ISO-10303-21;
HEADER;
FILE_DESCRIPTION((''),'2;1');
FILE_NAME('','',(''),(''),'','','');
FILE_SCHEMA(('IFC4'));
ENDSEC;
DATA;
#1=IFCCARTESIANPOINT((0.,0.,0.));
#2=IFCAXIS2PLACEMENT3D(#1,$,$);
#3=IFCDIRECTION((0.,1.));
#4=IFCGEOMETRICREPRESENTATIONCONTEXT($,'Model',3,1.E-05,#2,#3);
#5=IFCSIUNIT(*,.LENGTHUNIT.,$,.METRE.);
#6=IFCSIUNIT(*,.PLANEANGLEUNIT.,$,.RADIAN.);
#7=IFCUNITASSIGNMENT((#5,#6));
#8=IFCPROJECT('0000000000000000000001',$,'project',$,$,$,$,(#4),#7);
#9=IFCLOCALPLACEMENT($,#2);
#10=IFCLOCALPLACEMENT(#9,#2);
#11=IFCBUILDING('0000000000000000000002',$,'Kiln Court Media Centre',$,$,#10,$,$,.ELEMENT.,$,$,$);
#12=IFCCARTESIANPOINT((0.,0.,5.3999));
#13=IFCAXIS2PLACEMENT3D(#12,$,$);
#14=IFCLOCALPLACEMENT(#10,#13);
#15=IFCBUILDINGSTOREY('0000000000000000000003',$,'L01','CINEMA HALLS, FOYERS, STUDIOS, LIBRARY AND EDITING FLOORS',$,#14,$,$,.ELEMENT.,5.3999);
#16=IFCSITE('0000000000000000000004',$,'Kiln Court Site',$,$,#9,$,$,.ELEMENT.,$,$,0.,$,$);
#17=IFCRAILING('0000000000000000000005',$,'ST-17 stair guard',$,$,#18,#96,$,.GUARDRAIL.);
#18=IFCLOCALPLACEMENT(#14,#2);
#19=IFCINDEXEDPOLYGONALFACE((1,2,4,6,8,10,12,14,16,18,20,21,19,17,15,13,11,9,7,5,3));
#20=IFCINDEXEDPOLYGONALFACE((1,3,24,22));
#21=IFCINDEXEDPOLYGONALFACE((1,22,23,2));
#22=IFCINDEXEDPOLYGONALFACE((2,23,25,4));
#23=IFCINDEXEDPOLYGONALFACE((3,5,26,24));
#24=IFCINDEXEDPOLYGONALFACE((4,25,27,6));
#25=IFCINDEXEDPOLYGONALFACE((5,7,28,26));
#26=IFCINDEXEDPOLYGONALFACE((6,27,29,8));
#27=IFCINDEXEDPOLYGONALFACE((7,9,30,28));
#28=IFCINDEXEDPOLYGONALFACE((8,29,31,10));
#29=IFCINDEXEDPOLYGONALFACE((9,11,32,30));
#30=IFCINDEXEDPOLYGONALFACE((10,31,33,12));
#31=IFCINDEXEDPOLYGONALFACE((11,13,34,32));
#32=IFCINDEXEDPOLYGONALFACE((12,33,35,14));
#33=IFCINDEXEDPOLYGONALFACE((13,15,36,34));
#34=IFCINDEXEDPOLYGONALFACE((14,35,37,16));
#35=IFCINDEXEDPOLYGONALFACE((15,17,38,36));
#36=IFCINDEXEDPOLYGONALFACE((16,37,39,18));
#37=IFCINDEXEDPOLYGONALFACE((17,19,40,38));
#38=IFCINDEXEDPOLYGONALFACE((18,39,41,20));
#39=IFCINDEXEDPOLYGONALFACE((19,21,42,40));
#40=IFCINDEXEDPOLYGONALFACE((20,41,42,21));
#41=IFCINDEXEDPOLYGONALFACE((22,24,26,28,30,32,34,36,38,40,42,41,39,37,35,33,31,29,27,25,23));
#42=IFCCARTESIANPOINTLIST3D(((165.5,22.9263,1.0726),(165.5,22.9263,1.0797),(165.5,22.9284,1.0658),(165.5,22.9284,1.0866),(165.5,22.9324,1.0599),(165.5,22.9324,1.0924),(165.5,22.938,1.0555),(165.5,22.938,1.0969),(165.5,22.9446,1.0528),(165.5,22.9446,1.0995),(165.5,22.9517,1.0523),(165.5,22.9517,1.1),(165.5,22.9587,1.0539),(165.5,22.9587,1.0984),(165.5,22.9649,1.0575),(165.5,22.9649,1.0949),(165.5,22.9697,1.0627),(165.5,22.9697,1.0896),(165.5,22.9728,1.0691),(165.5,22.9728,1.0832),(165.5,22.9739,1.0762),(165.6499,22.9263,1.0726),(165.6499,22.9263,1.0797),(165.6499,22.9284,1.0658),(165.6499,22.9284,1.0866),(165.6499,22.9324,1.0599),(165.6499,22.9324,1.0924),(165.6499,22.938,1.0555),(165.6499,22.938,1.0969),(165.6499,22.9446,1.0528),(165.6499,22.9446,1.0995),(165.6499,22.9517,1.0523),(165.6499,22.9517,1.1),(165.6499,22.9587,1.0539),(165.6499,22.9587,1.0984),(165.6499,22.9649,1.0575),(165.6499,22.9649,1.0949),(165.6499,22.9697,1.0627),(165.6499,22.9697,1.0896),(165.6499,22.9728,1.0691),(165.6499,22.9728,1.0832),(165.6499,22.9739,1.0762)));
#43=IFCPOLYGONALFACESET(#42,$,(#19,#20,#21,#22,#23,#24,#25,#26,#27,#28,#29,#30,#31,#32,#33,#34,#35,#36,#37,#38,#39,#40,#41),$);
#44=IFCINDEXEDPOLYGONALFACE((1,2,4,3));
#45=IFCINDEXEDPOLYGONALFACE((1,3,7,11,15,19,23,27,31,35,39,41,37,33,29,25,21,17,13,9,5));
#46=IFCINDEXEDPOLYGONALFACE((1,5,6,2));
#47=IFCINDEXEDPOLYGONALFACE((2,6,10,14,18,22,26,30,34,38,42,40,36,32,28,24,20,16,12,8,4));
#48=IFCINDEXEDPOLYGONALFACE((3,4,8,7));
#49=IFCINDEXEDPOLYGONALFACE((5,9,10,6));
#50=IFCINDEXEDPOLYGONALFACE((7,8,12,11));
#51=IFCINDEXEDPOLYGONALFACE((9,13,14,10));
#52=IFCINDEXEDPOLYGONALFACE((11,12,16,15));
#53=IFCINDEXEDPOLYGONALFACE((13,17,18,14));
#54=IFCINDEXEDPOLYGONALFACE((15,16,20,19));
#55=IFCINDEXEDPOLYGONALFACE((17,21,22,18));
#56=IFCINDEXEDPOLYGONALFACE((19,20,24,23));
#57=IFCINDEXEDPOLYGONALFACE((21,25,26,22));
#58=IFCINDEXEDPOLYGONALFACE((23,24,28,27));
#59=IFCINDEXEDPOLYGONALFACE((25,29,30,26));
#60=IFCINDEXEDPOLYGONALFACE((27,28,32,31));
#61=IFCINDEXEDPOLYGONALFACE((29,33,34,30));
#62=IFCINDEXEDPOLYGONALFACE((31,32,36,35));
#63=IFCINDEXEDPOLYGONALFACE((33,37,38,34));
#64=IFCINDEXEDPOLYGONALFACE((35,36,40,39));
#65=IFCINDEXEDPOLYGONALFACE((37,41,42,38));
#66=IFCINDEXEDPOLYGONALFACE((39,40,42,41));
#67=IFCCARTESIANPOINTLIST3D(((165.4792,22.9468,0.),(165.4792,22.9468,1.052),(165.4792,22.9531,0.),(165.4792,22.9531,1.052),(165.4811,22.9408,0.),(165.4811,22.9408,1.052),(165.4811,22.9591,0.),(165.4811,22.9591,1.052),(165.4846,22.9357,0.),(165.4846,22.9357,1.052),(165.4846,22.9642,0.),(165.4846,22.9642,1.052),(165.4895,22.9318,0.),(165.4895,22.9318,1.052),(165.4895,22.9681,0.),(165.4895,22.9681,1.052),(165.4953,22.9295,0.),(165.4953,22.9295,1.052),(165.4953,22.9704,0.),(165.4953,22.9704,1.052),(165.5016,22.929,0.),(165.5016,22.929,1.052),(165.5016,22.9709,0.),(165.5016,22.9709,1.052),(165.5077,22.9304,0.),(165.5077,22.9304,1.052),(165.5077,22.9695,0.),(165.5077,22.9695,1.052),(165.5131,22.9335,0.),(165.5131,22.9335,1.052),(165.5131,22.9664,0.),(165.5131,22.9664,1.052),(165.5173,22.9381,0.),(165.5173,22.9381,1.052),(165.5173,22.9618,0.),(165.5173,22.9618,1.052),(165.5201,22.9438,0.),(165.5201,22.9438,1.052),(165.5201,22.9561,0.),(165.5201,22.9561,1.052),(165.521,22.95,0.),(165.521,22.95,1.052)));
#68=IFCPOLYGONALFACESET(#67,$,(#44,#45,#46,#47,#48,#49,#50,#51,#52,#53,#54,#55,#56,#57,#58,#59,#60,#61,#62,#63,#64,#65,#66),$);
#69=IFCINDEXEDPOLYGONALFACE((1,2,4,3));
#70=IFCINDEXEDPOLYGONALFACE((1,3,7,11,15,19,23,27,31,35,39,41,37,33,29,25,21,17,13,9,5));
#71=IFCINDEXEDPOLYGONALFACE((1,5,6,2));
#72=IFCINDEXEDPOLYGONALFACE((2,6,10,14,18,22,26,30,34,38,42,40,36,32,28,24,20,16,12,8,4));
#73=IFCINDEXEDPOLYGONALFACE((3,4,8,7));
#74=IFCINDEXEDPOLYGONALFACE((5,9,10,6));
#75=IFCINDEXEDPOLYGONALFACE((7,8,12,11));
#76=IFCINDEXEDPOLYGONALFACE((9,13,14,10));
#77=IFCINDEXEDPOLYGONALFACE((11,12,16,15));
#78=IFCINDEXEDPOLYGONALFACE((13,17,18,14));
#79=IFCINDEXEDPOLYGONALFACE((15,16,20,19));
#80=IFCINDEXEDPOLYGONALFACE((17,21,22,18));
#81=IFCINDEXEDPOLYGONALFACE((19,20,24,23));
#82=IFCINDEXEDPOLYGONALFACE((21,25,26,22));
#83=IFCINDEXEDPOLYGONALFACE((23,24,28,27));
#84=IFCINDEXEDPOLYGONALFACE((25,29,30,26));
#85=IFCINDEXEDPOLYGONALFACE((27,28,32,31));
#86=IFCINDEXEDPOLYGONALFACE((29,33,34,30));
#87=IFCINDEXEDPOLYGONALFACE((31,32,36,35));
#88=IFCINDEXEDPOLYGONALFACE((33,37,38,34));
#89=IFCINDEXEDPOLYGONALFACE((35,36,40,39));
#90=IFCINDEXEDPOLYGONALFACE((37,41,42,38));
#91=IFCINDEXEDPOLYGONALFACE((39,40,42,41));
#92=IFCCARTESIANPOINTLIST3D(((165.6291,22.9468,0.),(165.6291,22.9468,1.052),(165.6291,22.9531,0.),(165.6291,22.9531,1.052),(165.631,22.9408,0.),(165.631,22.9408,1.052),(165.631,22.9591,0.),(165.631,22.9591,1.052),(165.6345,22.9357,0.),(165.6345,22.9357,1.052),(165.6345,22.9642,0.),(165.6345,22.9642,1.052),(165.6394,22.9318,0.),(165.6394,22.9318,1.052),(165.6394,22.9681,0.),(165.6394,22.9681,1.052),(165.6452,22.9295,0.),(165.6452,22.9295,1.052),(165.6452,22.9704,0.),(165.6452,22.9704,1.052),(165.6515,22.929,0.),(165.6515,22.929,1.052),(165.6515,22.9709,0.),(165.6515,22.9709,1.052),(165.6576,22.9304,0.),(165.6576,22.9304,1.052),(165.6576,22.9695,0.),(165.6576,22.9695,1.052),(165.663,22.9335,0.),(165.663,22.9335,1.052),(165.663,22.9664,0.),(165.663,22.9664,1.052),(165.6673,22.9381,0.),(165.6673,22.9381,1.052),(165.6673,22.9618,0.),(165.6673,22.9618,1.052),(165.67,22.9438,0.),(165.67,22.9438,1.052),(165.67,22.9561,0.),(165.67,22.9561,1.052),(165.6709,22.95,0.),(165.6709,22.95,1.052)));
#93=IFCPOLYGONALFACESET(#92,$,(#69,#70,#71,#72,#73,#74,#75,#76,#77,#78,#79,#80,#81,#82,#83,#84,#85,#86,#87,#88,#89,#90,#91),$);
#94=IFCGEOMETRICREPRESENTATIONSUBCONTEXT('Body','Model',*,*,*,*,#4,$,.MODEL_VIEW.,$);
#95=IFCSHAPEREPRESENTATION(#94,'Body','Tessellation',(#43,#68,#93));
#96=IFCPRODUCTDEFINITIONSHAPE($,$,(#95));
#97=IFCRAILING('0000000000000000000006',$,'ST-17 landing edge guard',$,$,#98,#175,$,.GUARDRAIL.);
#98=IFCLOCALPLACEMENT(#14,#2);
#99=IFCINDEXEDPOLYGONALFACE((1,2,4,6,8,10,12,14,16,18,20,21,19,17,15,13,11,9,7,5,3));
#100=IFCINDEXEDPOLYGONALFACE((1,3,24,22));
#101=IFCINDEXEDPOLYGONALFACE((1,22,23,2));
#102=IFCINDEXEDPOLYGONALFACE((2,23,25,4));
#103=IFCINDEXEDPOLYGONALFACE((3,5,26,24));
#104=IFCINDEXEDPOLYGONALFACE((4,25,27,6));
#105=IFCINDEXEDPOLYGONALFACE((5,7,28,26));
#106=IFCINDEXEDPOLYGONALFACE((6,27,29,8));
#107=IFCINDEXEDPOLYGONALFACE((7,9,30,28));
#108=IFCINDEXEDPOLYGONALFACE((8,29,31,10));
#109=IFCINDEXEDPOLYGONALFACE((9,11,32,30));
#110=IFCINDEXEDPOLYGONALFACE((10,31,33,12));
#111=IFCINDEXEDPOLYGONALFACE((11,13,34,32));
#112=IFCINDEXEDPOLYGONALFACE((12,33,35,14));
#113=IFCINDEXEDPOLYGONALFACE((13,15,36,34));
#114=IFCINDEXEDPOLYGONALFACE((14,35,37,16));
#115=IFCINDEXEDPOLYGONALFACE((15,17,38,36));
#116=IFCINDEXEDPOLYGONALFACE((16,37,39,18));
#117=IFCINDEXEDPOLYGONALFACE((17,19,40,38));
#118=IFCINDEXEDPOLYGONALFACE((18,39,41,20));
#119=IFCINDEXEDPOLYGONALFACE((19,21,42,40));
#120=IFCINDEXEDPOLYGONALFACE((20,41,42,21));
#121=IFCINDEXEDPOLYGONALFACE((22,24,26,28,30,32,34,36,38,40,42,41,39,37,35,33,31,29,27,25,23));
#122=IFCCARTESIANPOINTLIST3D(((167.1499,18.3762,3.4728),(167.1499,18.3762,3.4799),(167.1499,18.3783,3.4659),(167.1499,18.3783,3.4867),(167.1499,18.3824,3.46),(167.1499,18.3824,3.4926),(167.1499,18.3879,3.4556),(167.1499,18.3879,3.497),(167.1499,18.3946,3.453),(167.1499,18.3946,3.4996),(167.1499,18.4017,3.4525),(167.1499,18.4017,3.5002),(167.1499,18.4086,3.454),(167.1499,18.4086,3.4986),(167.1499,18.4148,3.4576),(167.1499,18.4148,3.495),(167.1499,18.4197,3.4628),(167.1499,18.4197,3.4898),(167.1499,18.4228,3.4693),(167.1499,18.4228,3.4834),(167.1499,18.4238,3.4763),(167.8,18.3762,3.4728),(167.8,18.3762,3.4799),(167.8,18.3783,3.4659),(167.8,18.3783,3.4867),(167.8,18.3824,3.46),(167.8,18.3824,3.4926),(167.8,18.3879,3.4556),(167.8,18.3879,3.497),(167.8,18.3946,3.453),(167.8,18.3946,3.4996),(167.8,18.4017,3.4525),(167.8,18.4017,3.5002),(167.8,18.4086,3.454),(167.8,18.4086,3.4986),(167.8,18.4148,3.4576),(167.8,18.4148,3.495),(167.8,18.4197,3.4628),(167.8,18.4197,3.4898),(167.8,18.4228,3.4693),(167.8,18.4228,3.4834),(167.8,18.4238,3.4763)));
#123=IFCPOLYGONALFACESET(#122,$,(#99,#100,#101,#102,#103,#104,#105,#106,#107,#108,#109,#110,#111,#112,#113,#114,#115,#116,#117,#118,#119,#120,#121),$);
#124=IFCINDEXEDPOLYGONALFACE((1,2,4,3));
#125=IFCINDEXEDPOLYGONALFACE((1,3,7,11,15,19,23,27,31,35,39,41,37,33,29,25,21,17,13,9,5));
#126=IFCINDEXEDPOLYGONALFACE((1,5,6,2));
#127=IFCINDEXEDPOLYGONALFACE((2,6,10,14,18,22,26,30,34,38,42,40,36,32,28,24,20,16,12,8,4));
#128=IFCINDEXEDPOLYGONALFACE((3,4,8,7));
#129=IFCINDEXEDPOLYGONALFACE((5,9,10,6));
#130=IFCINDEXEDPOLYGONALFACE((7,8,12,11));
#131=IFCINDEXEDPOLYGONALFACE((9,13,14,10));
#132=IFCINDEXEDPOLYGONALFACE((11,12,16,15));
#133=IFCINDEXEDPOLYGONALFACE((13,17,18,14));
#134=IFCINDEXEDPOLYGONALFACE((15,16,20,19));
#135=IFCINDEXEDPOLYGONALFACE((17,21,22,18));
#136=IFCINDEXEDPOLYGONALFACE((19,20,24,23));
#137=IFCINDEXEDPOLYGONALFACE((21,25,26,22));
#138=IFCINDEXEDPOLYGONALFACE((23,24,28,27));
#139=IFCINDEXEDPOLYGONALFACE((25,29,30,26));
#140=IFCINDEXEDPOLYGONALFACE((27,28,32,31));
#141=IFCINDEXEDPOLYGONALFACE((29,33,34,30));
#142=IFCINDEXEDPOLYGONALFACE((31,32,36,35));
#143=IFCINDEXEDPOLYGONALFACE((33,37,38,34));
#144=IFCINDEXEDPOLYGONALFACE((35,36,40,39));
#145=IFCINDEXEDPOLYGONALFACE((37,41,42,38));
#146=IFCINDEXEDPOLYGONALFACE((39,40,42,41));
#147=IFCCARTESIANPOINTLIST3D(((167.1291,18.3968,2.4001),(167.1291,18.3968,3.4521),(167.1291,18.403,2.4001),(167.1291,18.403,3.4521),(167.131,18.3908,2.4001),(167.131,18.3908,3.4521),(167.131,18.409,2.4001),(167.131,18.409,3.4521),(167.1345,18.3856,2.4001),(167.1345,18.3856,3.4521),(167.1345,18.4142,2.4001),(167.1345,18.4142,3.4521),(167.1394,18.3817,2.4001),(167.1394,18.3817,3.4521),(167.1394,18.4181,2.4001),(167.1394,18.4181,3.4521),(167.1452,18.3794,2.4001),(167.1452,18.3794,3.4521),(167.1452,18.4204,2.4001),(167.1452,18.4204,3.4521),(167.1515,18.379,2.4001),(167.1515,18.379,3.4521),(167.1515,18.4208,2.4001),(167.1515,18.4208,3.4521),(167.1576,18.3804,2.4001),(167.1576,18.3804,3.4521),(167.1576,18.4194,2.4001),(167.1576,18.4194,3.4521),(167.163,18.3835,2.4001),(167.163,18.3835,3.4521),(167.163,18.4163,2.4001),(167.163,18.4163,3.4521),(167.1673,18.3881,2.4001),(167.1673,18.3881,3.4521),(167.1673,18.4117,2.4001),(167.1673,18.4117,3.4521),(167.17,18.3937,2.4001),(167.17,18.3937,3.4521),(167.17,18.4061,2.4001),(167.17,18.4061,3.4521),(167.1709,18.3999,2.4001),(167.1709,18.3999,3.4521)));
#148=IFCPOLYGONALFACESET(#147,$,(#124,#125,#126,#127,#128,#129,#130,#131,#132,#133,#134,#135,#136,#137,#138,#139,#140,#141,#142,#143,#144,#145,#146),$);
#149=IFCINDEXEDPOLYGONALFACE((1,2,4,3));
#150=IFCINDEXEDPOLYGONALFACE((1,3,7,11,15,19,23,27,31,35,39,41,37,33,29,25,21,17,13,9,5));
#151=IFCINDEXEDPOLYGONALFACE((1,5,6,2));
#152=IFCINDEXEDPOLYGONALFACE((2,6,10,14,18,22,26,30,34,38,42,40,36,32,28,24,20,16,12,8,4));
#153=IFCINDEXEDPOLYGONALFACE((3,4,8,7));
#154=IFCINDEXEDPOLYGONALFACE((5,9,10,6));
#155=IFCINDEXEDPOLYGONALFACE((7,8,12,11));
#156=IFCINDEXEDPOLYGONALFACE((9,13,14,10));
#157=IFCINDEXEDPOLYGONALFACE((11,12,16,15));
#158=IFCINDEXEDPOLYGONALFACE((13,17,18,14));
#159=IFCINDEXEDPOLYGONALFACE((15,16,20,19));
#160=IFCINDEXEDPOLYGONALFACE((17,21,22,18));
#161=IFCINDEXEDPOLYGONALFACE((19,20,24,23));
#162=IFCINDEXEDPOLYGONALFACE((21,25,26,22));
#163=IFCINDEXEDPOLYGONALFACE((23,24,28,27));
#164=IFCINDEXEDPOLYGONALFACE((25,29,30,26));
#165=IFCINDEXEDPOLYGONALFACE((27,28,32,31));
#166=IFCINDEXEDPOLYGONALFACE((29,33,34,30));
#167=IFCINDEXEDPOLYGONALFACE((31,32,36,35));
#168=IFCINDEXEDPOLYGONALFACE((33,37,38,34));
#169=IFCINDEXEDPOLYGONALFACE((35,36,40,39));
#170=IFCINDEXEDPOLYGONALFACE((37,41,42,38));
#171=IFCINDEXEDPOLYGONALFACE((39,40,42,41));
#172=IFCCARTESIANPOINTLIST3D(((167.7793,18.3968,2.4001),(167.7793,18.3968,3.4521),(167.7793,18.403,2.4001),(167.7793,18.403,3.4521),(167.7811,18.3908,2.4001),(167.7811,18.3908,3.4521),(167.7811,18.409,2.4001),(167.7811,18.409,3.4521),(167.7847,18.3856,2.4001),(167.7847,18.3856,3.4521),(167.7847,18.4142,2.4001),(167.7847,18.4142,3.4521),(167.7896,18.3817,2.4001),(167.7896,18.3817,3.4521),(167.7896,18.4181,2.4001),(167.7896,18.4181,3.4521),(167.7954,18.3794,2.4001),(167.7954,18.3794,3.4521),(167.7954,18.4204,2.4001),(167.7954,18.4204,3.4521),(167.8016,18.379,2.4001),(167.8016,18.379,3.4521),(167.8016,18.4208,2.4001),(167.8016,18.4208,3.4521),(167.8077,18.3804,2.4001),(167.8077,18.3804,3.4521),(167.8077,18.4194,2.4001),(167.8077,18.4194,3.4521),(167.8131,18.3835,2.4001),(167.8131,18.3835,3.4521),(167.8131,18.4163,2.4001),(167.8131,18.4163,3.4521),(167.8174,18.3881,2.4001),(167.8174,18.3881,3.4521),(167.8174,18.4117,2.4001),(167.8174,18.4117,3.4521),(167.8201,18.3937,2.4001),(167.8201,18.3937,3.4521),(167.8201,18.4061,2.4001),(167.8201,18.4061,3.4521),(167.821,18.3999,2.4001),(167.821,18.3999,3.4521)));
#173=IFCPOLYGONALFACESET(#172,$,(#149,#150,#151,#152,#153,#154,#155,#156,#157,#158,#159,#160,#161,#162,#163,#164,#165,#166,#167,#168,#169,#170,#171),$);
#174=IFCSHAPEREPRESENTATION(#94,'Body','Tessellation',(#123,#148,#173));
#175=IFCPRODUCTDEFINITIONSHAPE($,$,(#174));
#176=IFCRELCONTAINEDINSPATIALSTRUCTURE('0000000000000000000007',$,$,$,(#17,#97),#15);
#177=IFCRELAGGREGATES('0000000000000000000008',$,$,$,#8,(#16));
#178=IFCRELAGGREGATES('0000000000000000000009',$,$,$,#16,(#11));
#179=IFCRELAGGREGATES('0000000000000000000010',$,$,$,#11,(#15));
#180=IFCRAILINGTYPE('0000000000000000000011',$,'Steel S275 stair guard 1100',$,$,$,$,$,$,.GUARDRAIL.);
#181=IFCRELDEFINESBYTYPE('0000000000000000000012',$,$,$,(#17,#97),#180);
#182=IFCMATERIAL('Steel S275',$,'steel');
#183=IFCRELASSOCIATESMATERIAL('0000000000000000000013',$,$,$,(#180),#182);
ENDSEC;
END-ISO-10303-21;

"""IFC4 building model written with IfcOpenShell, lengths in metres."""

from ifc_helpers import new_model, si_unit, direction, frame, origin, origin_2d, place, context, subcontext, project, spatial, circle, extrude, material, type_object, element, save


model = new_model("IFC4")

# Units and contexts
model_context = context("Model", 3, precision=1e-05, world=origin(), true_north=direction((0.0, 1.0)))
body_context = subcontext(model_context, "Body", "Model", "MODEL_VIEW")
ifc_project = project(units=[si_unit("LENGTHUNIT", "METRE"), si_unit("PLANEANGLEUNIT", "RADIAN")], contexts=[model_context])

# Site, building, storey
site_placement = place(None, origin())
site = spatial("IfcSite", under=ifc_project, at=site_placement, Name="Kiln Court Site", CompositionType="ELEMENT", RefElevation=0.0)
building_placement = place(site_placement, origin())
building = spatial("IfcBuilding", under=site, at=building_placement, Name="Kiln Court Media Centre", CompositionType="ELEMENT")
storey_placement = place(building_placement, frame((0.0, 0.0, 5.3999)))
storey = spatial("IfcBuildingStorey", under=building, at=storey_placement, Name="L01", Description="CINEMA HALLS, FOYERS, STUDIOS, LIBRARY AND EDITING FLOORS", CompositionType="ELEMENT", Elevation=5.3999)

# Railings
ifc_material_1 = material(Name="Steel S275", Category="steel")
railing_type_1 = type_object("IfcRailingType", Name="Steel S275 stair guard 1100", PredefinedType="GUARDRAIL", material=ifc_material_1)
railing_1_placement = place(storey_placement, frame((165.5, 22.95, 0.0)))
element("IfcRailing", 1, at=railing_1_placement, inside=storey, type_object=railing_type_1, Name="ST-17 stair guard", PredefinedType="GUARDRAIL", context=body_context, shape_type="SweptSolid", body=[
    extrude(circle(Radius=0.0239, at=origin_2d()), frame((0.0, 0.0, 1.0762), z_axis=(1.0, 0.0, 0.0), x_axis=(0.0, 1.0, 0.0)), (0.0, 0.0, 1.0), 0.1499),
    extrude(circle(Radius=0.021, at=origin_2d()), origin(), (0.0, 0.0, 1.0), 1.052),
    extrude(circle(Radius=0.021, at=origin_2d()), frame((0.1499, 0.0, 0.0)), (0.0, 0.0, 1.0), 1.052),
])
for number, where, name in (
    (2, (167.1499, 18.3999, 2.4001), "ST-17 landing edge guard"),
):
    element("IfcRailing", number, at=place(storey_placement, frame(where)), inside=storey, type_object=railing_type_1, Name=name, PredefinedType="GUARDRAIL", context=body_context, shape_type="SweptSolid", body=[
        extrude(circle(Radius=0.0239, at=origin_2d()), frame((0.0, 0.0, 1.0762), z_axis=(1.0, 0.0, 0.0), x_axis=(0.0, 1.0, 0.0)), (0.0, 0.0, 1.0), 0.6501),
        extrude(circle(Radius=0.021, at=origin_2d()), origin(), (0.0, 0.0, 1.0), 1.052),
        extrude(circle(Radius=0.021, at=origin_2d()), frame((0.6501, 0.0, 0.0)), (0.0, 0.0, 1.0), 1.052),
    ])

save(model, "model.ifc")
